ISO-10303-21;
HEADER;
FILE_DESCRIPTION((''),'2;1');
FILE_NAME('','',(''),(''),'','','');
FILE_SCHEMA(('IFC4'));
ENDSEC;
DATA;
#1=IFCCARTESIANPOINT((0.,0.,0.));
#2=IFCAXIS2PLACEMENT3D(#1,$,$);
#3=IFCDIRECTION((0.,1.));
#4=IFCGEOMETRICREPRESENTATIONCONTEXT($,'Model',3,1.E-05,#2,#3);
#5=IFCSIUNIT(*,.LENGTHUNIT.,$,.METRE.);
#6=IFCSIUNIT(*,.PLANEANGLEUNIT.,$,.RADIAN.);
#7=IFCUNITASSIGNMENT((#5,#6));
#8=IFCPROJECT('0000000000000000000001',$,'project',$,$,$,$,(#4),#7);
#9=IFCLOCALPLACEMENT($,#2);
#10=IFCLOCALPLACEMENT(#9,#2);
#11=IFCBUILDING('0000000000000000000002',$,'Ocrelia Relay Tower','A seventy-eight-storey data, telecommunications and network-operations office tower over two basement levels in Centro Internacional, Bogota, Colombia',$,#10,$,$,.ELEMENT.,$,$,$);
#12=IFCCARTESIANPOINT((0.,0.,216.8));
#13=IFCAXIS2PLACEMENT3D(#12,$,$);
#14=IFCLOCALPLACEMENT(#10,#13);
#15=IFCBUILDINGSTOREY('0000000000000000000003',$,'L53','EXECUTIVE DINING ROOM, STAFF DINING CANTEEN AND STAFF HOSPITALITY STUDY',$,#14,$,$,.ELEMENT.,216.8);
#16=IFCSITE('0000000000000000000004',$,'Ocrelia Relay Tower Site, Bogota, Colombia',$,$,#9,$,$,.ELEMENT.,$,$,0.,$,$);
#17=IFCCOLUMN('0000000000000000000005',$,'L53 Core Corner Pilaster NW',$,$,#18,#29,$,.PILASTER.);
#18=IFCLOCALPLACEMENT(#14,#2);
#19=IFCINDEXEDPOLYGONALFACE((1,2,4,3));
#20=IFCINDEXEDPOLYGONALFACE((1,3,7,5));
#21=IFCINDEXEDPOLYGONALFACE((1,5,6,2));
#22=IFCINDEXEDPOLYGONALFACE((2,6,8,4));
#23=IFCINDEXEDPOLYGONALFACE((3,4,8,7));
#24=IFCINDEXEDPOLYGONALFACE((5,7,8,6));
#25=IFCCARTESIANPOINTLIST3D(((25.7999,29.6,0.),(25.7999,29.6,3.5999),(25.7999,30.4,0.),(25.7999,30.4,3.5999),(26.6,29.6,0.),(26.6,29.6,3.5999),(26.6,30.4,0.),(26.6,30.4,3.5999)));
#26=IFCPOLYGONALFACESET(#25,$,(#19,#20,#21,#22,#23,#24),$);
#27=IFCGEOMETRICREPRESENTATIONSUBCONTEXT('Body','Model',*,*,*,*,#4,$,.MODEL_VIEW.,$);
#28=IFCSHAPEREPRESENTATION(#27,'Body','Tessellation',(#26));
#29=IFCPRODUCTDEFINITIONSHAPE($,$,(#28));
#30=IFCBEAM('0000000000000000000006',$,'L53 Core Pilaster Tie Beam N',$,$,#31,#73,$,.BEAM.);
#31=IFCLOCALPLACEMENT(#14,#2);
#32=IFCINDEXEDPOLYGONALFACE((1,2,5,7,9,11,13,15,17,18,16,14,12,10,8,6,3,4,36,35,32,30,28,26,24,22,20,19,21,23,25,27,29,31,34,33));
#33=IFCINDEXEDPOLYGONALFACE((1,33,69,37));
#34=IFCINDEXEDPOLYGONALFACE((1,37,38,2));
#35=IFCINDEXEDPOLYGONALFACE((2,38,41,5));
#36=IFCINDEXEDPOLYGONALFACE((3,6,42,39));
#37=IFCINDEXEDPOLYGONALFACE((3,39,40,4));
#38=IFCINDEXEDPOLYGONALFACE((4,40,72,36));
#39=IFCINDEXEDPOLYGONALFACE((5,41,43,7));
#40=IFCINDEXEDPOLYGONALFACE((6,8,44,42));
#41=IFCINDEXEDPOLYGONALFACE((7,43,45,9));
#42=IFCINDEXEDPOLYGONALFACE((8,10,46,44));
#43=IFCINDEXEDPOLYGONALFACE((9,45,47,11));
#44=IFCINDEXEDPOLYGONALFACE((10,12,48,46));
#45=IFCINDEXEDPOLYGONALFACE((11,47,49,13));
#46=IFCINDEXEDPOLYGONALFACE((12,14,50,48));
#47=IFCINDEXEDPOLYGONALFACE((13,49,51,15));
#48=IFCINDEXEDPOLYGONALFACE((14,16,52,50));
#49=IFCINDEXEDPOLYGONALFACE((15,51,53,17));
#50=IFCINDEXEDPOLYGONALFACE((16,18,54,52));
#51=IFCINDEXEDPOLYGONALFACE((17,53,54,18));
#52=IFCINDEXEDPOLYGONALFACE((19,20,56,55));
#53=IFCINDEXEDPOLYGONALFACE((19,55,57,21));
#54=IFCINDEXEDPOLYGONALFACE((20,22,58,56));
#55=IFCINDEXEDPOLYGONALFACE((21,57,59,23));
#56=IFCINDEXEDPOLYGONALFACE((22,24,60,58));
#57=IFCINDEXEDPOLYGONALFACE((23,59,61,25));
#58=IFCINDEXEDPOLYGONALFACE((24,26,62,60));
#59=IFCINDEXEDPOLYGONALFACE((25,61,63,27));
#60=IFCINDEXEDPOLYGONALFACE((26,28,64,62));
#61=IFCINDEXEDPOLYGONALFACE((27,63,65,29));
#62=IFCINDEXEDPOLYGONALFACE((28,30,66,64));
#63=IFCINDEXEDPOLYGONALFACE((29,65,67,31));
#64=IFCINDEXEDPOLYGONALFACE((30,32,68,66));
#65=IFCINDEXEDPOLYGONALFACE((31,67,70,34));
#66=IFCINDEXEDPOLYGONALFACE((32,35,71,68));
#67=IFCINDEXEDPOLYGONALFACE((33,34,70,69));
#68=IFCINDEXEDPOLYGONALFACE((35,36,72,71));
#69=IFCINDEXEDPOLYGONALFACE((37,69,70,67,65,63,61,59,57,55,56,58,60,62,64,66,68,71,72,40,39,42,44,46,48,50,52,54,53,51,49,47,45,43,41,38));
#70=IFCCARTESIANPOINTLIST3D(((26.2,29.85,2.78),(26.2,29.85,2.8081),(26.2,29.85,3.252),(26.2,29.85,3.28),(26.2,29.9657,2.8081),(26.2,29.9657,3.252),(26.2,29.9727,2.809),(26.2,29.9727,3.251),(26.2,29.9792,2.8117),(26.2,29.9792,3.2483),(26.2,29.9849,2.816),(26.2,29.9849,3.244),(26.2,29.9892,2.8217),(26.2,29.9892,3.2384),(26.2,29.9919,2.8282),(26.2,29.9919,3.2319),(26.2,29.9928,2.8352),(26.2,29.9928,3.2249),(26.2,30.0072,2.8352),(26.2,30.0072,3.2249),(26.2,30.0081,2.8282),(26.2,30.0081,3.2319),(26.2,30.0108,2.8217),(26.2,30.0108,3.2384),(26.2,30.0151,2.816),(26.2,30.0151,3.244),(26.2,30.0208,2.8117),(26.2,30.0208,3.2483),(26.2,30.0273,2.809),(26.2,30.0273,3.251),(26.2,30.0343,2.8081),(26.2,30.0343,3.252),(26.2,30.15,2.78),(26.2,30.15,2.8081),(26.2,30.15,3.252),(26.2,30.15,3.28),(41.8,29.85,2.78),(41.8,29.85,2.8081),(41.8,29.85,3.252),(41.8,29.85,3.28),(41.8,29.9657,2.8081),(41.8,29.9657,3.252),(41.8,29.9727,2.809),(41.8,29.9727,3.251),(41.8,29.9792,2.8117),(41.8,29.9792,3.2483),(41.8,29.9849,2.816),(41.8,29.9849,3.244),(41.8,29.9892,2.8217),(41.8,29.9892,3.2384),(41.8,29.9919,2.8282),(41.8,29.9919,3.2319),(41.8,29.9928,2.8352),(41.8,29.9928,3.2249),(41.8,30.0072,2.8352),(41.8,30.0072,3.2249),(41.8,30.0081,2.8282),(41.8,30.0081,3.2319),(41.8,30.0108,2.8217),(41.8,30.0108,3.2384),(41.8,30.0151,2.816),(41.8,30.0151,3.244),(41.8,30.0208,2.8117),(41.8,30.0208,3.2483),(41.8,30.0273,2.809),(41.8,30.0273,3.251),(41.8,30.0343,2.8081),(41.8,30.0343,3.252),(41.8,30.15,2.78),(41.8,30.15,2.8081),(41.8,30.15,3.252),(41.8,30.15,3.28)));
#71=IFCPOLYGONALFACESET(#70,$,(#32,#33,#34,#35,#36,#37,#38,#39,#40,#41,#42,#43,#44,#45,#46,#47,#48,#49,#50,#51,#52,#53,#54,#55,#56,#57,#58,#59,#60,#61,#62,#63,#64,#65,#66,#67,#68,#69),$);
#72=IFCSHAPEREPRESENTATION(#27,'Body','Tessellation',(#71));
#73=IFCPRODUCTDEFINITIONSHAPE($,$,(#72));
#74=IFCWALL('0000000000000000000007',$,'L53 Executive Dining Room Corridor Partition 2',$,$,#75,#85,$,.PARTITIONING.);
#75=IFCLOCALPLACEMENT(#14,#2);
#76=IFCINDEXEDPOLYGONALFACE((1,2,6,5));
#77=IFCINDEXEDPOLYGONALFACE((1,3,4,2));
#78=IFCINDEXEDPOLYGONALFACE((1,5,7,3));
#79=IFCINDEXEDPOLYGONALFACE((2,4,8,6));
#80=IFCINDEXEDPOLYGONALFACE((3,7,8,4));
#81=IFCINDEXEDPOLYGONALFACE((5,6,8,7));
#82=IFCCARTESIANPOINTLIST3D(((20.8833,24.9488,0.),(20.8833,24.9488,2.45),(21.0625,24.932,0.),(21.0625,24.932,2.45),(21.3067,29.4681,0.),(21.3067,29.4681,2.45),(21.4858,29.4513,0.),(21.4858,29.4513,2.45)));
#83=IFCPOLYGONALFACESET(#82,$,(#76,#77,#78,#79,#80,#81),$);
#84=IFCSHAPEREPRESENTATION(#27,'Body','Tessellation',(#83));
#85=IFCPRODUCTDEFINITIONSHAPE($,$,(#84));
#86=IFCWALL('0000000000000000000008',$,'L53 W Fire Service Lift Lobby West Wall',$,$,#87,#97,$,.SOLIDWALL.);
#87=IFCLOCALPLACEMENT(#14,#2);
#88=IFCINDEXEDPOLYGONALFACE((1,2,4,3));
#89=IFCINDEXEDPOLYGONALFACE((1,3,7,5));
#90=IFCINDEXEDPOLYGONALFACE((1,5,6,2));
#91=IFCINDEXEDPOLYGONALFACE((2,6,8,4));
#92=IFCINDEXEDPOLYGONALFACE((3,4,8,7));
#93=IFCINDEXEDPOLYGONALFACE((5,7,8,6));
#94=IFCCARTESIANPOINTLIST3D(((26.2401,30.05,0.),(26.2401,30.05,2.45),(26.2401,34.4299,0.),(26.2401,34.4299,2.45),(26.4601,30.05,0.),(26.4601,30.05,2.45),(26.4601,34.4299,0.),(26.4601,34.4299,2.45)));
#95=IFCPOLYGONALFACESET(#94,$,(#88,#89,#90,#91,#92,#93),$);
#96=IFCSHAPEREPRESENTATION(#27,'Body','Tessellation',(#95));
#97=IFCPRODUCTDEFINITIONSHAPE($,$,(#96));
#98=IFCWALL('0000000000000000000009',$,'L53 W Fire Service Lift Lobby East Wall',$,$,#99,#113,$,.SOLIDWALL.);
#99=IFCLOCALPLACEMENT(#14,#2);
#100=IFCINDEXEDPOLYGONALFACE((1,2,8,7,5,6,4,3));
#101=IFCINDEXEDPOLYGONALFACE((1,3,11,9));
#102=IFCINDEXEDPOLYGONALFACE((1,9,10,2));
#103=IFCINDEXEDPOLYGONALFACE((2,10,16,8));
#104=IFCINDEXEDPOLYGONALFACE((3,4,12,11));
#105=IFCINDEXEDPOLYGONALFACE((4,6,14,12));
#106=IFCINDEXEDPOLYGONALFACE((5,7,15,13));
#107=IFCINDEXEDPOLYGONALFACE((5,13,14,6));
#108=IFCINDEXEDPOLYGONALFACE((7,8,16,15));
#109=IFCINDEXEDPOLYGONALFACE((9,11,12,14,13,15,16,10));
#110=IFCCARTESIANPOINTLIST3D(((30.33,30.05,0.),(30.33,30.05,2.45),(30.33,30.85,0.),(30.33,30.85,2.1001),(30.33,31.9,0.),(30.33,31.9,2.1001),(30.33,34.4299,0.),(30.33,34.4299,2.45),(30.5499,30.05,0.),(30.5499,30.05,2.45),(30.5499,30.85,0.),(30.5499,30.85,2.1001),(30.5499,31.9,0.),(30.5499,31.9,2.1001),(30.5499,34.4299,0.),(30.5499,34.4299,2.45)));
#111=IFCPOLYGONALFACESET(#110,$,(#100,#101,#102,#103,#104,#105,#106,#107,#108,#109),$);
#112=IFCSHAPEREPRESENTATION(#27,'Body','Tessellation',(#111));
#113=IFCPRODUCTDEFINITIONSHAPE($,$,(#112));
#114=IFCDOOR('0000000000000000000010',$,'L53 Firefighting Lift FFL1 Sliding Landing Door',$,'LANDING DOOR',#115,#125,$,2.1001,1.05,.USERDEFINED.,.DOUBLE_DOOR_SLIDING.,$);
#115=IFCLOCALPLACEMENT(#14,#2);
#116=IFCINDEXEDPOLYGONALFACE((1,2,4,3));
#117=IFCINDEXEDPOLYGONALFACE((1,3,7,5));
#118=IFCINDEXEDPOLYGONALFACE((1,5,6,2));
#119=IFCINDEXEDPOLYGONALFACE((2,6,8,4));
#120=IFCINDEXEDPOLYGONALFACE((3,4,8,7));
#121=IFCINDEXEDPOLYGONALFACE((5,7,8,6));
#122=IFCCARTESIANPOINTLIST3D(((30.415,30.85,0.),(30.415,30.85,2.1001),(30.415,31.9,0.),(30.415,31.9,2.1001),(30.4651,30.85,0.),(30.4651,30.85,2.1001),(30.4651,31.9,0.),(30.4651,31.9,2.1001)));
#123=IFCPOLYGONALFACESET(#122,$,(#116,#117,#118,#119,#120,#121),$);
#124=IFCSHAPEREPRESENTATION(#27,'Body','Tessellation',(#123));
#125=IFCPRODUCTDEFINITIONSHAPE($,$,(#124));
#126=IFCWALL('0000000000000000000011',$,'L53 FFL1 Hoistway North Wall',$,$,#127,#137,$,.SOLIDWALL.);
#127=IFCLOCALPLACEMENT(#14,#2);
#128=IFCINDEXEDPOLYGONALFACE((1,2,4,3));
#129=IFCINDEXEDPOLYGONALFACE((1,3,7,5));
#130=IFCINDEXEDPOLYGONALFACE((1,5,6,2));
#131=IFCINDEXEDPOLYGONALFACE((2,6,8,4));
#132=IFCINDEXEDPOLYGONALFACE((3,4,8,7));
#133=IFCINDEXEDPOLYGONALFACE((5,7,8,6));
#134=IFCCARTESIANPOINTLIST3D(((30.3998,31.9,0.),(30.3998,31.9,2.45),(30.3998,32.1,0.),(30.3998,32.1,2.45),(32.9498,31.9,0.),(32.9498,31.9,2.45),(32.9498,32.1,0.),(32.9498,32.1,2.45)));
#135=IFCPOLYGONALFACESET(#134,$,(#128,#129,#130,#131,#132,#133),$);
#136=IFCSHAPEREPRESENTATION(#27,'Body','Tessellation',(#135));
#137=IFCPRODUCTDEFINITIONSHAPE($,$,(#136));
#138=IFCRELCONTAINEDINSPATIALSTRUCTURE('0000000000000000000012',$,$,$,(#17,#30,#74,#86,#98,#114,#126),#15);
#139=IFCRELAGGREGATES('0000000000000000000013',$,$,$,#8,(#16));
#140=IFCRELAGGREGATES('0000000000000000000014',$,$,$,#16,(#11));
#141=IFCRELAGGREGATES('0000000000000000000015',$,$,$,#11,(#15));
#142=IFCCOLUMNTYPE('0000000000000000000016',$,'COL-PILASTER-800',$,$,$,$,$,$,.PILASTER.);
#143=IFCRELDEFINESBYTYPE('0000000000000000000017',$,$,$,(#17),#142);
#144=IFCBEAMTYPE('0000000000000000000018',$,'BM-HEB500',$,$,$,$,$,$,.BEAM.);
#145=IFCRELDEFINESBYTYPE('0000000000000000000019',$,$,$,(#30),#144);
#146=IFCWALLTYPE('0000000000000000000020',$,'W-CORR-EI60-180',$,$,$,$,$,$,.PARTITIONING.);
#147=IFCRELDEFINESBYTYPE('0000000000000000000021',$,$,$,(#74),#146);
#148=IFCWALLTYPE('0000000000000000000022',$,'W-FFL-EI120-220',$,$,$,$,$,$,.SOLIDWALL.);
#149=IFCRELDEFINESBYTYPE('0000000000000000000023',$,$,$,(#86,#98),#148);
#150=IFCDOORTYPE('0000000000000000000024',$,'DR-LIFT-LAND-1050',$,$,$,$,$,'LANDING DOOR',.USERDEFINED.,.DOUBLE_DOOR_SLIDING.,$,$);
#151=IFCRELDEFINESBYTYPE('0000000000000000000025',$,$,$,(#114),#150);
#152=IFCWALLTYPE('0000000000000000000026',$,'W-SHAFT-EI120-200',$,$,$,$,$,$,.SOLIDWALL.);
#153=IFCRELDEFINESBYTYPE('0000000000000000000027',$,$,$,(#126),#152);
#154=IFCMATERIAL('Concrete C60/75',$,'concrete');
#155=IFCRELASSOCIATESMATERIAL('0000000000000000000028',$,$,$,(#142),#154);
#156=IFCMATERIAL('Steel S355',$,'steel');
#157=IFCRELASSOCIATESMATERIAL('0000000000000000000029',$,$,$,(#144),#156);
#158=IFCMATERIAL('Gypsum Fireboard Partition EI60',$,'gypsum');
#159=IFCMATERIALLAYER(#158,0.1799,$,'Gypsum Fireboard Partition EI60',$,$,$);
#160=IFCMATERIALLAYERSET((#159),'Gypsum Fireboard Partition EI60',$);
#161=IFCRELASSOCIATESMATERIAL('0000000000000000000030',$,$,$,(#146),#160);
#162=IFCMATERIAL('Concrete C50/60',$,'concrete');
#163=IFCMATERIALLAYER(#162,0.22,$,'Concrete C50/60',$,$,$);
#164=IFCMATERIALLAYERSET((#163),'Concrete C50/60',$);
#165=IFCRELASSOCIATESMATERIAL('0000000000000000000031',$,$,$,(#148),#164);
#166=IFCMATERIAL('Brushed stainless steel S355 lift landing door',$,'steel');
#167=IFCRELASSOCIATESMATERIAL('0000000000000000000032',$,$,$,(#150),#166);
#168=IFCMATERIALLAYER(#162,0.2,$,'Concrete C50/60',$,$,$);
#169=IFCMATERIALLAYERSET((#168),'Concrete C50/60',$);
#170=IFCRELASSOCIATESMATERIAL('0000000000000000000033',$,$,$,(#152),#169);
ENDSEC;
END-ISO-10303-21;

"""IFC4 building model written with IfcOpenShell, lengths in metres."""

from ifc_helpers import new_model, si_unit, direction, frame, frame_2d, origin, origin_2d, place, context, subcontext, project, spatial, rectangle, i_section, extrude, material, layer, layer_set, material_profile, profile_set, type_object, element, fill, save


model = new_model("IFC4")

# Units and contexts
model_context = context("Model", 3, precision=1e-05, world=origin(), true_north=direction((0.0, 1.0)))
body_context = subcontext(model_context, "Body", "Model", "MODEL_VIEW")
ifc_project = project(units=[si_unit("LENGTHUNIT", "METRE"), si_unit("PLANEANGLEUNIT", "RADIAN")], contexts=[model_context])

# Site, building, storey
site_placement = place(None, origin())
site = spatial("IfcSite", under=ifc_project, at=site_placement, Name="Ocrelia Relay Tower Site, Bogota, Colombia", CompositionType="ELEMENT", RefElevation=0.0)
building_placement = place(site_placement, origin())
building = spatial("IfcBuilding", under=site, at=building_placement, Name="Ocrelia Relay Tower", Description="A seventy-eight-storey data, telecommunications and network-operations office tower over two basement levels in Centro Internacional, Bogota, Colombia", CompositionType="ELEMENT")
storey_placement = place(building_placement, frame((0.0, 0.0, 216.8)))
storey = spatial("IfcBuildingStorey", under=building, at=storey_placement, Name="L53", Description="EXECUTIVE DINING ROOM, STAFF DINING CANTEEN AND STAFF HOSPITALITY STUDY", CompositionType="ELEMENT", Elevation=216.8)

# Column
ifc_material_1 = material(Name="Concrete C60/75", Category="concrete")
ifc_material_profile_1 = material_profile(ifc_material_1, rectangle(XDim=0.8, YDim=0.8, at=origin_2d()), Name="RC-COL-800x800")
ifc_profile_set_1 = profile_set([ifc_material_profile_1], Name="Concrete C60/75")
column_type = type_object("IfcColumnType", Name="COL-PILASTER-800", PredefinedType="PILASTER", material=ifc_profile_set_1)
column_placement = place(storey_placement, frame((26.2, 30.0, 0.0), z_axis=(0.0, 0.0, 1.0), x_axis=(1.0, 0.0, 0.0)))
element("IfcColumn", 1, at=column_placement, inside=storey, type_object=column_type, Name="L53 Core Corner Pilaster NW", PredefinedType="PILASTER", context=body_context, shape_type="SweptSolid", body=[
    extrude(rectangle(XDim=0.8, YDim=0.8, at=origin_2d()), origin(), (0.0, 0.0, 1.0), 3.5999),
])

# Beam
ifc_material_2 = material(Name="Steel S355", Category="steel")
ifc_material_profile_2 = material_profile(ifc_material_2, i_section(OverallWidth=0.3, OverallDepth=0.5, WebThickness=0.0144, FlangeThickness=0.0281, FilletRadius=0.0271, at=origin_2d()), Name="HEB 500")
ifc_profile_set_2 = profile_set([ifc_material_profile_2], Name="Steel S355")
beam_type = type_object("IfcBeamType", Name="BM-HEB500", PredefinedType="BEAM", material=ifc_profile_set_2)
beam_placement = place(storey_placement, frame((26.2, 30.0, 3.03), z_axis=(1.0, 0.0, 0.0), x_axis=(0.0, 1.0, 0.0)))
element("IfcBeam", 2, at=beam_placement, inside=storey, type_object=beam_type, Name="L53 Core Pilaster Tie Beam N", PredefinedType="BEAM", context=body_context, shape_type="SweptSolid", body=[
    extrude(i_section(OverallWidth=0.3, OverallDepth=0.5, WebThickness=0.0144, FlangeThickness=0.0281, FilletRadius=0.0271, at=origin_2d()), origin(), (0.0, 0.0, 1.0), 15.6001),
])

# Shared definitions
ifc_material_3 = material(Name="Gypsum Fireboard Partition EI60", Category="gypsum")
ifc_layer_1 = layer(ifc_material_3, 0.1799, Name="Gypsum Fireboard Partition EI60")
ifc_layer_set_1 = layer_set([ifc_layer_1], Name="Gypsum Fireboard Partition EI60")
wall_type_1 = type_object("IfcWallType", Name="W-CORR-EI60-180", PredefinedType="PARTITIONING", material=ifc_layer_set_1)

# Walls
wall_1_placement = place(storey_placement, frame((21.3962, 29.4597, 0.0), z_axis=(0.0, 0.0, 1.0), x_axis=(-0.093266, -0.995641, 0.0)))
element("IfcWall", 3, at=wall_1_placement, inside=storey, type_object=wall_type_1, Name="L53 Executive Dining Room Corridor Partition 2", PredefinedType="PARTITIONING", context=body_context, shape_type="SweptSolid", body=[
    extrude(rectangle(XDim=4.5391, YDim=0.1799, at=frame_2d((2.2695, 0.0))), origin(), (0.0, 0.0, 1.0), 2.45),
])
ifc_material_4 = material(Name="Concrete C50/60", Category="concrete")
ifc_layer_2 = layer(ifc_material_4, 0.22, Name="Concrete C50/60")
ifc_layer_set_2 = layer_set([ifc_layer_2], Name="Concrete C50/60")
wall_type_2 = type_object("IfcWallType", Name="W-FFL-EI120-220", PredefinedType="SOLIDWALL", material=ifc_layer_set_2)
wall_2_placement = place(storey_placement, frame((26.3501, 30.05, 0.0), z_axis=(0.0, 0.0, 1.0), x_axis=(0.0, 1.0, 0.0)))
element("IfcWall", 4, at=wall_2_placement, inside=storey, type_object=wall_type_2, Name="L53 W Fire Service Lift Lobby West Wall", PredefinedType="SOLIDWALL", context=body_context, shape_type="SweptSolid", body=[
    extrude(rectangle(XDim=4.3799, YDim=0.22, at=frame_2d((2.1899, 0.0))), origin(), (0.0, 0.0, 1.0), 2.45),
])

# Wall, opening, door
wall_3_placement = place(storey_placement, frame((30.4399, 30.05, 0.0), z_axis=(0.0, 0.0, 1.0), x_axis=(0.0, 1.0, 0.0)))
wall_3 = element("IfcWall", 5, at=wall_3_placement, inside=storey, type_object=wall_type_2, Name="L53 W Fire Service Lift Lobby East Wall", PredefinedType="SOLIDWALL", context=body_context, shape_type="SweptSolid", body=[
    extrude(rectangle(XDim=4.3799, YDim=0.22, at=frame_2d((2.1899, 0.0))), origin(), (0.0, 0.0, 1.0), 2.45),
])
opening_1_placement = place(wall_3_placement, frame((0.8, 0.0, 0.0)))
opening_1 = element("IfcOpeningElement", 6, at=opening_1_placement, cuts=wall_3, PredefinedType="OPENING", context=body_context, shape_type="SweptSolid", body=[
    extrude(rectangle(XDim=1.05, YDim=2.1001, at=frame_2d((0.5249, 1.05))), frame((0.0, 0.1201, 0.0), z_axis=(0.0, -1.0, 0.0), x_axis=(1.0, 0.0, 0.0)), (0.0, 0.0, 1.0), 0.24),
])
ifc_material_5 = material(Name="Brushed stainless steel S355 lift landing door", Category="steel")
door_type_1 = type_object("IfcDoorType", Name="DR-LIFT-LAND-1050", ElementType="LANDING DOOR", OperationType="DOUBLE_DOOR_SLIDING", PredefinedType="USERDEFINED", material=ifc_material_5)
door_1_placement = place(opening_1_placement, origin())
door_1 = element("IfcDoor", 7, at=door_1_placement, inside=storey, type_object=door_type_1, Name="L53 Firefighting Lift FFL1 Sliding Landing Door", ObjectType="LANDING DOOR", OperationType="DOUBLE_DOOR_SLIDING", OverallHeight=2.1001, OverallWidth=1.05, PredefinedType="USERDEFINED", context=body_context, shape_type="SweptSolid", body=[
    extrude(rectangle(XDim=1.05, YDim=2.1001, at=frame_2d((0.5249, 1.05))), frame((0.0, 0.0249, 0.0), z_axis=(0.0, -1.0, 0.0), x_axis=(1.0, 0.0, 0.0)), (0.0, 0.0, 1.0), 0.05),
])
fill(opening_1, door_1)

# Wall
ifc_layer_3 = layer(ifc_material_4, 0.2, Name="Concrete C50/60")
ifc_layer_set_3 = layer_set([ifc_layer_3], Name="Concrete C50/60")
wall_type_3 = type_object("IfcWallType", Name="W-SHAFT-EI120-200", PredefinedType="SOLIDWALL", material=ifc_layer_set_3)
wall_4_placement = place(storey_placement, frame((30.3999, 32.0, 0.0), z_axis=(0.0, 0.0, 1.0), x_axis=(1.0, 0.0, 0.0)))
element("IfcWall", 8, at=wall_4_placement, inside=storey, type_object=wall_type_3, Name="L53 FFL1 Hoistway North Wall", PredefinedType="SOLIDWALL", context=body_context, shape_type="SweptSolid", body=[
    extrude(rectangle(XDim=2.55, YDim=0.2, at=frame_2d((1.2749, 0.0))), origin(), (0.0, 0.0, 1.0), 2.45),
])

save(model, "model.ifc")
